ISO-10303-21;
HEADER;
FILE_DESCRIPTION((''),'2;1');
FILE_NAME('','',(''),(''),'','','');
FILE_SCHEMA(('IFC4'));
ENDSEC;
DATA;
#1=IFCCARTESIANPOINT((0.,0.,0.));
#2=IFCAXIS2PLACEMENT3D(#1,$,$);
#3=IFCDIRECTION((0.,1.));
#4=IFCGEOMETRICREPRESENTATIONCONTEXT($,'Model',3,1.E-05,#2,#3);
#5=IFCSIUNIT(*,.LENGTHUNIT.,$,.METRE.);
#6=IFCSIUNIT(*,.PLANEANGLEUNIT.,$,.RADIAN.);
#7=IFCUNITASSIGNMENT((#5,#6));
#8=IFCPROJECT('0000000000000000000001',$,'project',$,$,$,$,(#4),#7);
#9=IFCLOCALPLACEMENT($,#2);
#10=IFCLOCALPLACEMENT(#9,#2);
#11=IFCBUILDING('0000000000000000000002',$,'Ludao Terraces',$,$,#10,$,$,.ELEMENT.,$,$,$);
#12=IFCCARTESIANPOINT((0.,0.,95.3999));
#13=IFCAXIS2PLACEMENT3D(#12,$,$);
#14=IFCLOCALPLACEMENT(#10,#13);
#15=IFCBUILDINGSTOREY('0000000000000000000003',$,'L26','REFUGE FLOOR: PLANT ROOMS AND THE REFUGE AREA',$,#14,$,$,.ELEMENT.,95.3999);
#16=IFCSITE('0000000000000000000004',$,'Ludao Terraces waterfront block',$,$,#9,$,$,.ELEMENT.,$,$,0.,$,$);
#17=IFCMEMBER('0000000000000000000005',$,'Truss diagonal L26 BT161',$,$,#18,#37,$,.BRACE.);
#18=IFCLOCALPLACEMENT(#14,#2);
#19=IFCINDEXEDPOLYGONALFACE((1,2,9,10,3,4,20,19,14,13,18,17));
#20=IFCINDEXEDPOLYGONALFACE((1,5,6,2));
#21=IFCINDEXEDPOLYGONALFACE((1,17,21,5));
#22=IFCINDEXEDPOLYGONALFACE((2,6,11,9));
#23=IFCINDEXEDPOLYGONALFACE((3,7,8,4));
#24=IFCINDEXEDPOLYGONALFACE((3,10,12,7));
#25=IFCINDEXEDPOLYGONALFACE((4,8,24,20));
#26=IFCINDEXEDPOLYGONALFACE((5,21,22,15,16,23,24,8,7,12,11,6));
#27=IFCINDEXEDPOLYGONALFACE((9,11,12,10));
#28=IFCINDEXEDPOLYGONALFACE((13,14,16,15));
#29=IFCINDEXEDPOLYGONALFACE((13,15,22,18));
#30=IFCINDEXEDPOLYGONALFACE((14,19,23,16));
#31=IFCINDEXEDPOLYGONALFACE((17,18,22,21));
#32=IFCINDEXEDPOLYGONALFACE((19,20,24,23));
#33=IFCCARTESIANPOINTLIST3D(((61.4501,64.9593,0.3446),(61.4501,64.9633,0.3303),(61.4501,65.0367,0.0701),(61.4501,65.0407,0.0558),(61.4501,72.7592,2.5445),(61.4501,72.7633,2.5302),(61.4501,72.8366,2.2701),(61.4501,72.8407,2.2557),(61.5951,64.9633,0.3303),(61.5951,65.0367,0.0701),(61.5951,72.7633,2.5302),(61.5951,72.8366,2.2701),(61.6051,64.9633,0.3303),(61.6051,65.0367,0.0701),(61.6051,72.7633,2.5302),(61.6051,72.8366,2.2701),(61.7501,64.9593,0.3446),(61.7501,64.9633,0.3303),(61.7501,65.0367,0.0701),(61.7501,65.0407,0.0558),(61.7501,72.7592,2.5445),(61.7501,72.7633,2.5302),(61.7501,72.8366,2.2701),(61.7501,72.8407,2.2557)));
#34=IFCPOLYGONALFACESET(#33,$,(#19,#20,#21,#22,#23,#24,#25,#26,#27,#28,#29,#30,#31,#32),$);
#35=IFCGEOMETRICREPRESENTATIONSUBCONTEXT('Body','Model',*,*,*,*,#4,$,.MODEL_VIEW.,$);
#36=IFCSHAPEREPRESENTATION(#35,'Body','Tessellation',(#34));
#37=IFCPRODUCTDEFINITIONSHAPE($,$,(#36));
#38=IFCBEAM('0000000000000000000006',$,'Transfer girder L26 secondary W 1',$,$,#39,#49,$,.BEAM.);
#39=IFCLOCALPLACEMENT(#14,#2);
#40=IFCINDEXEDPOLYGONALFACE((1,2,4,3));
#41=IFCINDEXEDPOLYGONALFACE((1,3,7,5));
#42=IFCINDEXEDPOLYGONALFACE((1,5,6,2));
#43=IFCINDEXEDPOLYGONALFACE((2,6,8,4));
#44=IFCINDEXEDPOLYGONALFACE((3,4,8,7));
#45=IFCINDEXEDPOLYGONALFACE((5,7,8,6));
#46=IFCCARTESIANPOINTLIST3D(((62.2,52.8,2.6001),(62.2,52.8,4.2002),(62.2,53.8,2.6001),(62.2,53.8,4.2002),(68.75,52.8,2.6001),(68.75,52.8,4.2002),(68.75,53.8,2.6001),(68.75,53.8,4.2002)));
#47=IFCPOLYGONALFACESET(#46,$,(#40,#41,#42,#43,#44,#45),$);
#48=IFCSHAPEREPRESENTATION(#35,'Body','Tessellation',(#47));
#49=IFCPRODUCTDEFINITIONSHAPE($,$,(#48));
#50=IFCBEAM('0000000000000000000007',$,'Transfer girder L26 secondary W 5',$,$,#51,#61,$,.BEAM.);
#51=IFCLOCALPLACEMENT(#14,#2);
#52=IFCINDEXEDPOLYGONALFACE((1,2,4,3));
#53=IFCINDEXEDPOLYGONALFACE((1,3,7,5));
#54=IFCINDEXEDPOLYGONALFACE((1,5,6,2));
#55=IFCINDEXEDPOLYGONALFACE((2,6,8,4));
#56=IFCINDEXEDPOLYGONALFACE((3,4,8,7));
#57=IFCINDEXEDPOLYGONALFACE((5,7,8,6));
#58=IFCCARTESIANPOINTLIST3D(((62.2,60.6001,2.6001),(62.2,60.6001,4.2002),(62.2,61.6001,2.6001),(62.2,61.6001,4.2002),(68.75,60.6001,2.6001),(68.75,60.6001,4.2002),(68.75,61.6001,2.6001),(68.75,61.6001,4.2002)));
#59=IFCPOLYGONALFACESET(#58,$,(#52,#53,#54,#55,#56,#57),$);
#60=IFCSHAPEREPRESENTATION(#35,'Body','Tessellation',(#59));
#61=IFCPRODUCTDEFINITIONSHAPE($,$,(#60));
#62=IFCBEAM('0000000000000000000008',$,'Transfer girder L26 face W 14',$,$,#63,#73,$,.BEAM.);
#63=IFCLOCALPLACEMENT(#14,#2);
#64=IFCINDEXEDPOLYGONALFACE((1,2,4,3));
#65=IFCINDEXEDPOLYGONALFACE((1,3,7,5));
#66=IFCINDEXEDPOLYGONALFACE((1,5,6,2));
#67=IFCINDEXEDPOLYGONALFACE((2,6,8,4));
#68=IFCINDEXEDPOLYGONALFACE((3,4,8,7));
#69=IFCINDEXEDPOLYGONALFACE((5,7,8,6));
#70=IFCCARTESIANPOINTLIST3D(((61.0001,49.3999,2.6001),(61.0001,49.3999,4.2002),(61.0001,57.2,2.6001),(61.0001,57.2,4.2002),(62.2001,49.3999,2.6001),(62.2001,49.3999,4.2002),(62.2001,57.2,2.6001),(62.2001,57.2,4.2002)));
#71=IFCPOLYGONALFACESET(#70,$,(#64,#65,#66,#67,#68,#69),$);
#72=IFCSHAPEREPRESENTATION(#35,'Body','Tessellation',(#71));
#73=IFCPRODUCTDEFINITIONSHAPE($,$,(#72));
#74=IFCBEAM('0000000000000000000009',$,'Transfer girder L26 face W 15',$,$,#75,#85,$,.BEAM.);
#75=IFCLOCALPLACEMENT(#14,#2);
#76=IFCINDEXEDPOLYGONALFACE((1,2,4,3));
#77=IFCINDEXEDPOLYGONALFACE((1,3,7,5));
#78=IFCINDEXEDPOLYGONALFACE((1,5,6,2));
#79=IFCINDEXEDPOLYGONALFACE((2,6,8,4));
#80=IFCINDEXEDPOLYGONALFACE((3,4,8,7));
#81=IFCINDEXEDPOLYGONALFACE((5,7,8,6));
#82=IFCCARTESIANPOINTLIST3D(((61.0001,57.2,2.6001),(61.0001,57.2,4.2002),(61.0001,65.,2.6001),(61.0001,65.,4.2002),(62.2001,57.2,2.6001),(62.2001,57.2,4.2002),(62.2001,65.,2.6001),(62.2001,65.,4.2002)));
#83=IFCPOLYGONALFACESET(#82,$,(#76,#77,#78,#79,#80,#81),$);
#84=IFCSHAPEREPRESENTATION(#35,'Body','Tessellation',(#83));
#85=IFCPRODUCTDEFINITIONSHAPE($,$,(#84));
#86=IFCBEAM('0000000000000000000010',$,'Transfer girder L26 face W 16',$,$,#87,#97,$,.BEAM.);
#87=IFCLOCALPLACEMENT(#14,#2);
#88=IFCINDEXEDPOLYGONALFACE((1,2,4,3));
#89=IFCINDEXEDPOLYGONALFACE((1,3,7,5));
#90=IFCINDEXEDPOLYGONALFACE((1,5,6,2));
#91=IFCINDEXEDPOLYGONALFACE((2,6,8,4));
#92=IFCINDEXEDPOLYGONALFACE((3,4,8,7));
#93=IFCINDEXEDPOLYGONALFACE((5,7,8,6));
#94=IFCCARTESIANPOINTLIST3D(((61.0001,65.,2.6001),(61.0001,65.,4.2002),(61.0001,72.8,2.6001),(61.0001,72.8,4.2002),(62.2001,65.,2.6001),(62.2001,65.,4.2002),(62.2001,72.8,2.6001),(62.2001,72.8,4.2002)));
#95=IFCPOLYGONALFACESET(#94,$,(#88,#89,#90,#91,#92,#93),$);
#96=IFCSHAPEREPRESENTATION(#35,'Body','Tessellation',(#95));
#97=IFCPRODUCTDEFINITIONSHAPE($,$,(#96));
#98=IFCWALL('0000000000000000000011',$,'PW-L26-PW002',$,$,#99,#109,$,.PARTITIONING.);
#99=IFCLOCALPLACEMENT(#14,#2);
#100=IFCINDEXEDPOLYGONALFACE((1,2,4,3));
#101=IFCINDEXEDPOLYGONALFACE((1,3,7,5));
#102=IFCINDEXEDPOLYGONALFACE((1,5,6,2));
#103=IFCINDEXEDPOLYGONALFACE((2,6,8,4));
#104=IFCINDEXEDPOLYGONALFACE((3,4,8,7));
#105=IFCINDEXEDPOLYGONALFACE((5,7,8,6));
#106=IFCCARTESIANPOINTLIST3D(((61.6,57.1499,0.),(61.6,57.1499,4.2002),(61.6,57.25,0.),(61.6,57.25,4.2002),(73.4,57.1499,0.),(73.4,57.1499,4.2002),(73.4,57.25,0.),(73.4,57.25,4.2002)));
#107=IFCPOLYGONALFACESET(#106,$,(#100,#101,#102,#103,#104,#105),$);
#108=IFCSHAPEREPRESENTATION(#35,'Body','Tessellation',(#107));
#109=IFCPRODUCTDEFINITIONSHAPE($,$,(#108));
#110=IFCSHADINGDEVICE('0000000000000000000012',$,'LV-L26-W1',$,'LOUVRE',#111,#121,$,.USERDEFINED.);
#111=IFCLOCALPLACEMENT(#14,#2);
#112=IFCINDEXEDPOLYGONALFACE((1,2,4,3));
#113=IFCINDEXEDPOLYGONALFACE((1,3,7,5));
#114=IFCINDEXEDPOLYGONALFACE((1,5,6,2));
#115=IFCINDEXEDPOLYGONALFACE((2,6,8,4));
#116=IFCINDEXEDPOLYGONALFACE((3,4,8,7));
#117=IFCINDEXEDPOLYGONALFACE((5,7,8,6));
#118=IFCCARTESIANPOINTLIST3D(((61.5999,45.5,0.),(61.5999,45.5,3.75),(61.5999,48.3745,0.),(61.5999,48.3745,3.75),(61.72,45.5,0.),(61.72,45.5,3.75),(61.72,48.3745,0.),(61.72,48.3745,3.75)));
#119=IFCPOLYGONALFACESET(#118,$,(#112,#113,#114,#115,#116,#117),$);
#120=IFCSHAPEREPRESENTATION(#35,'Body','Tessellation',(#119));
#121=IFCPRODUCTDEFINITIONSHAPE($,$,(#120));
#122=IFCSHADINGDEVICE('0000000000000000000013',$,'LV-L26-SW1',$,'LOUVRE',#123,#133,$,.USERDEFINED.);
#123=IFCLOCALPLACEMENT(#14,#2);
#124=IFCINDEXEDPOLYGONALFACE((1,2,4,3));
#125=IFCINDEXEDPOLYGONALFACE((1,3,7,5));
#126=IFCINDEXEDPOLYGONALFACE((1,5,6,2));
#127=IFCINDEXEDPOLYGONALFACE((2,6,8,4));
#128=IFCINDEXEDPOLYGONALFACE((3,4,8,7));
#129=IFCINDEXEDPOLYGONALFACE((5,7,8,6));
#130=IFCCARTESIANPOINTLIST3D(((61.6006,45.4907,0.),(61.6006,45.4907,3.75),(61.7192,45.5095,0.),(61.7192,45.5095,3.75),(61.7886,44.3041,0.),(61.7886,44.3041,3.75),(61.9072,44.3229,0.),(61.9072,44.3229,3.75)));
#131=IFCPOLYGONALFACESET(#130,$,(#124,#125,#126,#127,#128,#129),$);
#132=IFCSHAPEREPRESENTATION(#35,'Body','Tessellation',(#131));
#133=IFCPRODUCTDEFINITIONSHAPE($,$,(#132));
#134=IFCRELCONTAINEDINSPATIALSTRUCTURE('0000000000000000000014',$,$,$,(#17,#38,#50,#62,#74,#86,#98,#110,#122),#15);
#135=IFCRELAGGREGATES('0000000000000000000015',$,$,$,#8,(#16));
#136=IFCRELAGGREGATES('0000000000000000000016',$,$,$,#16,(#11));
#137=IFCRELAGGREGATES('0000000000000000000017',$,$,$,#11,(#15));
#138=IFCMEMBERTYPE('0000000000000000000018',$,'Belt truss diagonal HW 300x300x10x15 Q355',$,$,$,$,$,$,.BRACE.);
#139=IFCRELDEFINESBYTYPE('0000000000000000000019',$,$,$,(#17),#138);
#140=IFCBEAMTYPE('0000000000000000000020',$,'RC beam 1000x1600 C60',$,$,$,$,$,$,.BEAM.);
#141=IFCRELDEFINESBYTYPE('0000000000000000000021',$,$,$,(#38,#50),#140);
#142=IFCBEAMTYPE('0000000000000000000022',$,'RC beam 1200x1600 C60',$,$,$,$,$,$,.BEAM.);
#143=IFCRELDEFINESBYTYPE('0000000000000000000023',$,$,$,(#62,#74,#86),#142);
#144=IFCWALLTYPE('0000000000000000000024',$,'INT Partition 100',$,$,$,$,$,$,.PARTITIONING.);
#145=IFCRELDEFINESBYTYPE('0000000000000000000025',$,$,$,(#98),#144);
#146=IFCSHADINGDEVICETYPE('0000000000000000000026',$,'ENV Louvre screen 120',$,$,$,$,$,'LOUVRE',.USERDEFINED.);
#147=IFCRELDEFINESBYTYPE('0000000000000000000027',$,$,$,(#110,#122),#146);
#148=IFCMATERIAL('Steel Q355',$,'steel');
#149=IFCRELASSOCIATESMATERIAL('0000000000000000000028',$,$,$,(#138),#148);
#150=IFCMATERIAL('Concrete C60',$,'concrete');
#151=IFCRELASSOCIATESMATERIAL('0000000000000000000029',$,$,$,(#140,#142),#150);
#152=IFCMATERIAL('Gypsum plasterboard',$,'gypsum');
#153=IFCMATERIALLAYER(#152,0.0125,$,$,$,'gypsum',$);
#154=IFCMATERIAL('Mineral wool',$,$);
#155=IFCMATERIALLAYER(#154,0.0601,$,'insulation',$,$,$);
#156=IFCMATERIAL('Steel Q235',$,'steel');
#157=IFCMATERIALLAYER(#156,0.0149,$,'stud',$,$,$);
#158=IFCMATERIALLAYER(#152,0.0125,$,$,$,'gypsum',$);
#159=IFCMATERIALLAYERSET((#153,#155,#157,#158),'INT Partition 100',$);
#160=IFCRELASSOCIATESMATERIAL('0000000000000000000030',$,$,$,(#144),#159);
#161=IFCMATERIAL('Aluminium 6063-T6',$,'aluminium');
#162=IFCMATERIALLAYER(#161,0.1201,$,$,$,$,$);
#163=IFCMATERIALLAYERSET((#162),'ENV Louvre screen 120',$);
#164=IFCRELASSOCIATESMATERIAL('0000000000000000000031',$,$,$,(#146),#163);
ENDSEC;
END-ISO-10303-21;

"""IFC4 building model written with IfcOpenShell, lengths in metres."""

from ifc_helpers import new_model, si_unit, direction, frame, frame_2d, origin, origin_2d, place, context, subcontext, project, spatial, rectangle, i_section, extrude, material, layer, layer_set, material_profile, profile_set, type_object, element, save


model = new_model("IFC4")

# Units and contexts
model_context = context("Model", 3, precision=1e-05, world=origin(), true_north=direction((0.0, 1.0)))
body_context = subcontext(model_context, "Body", "Model", "MODEL_VIEW")
ifc_project = project(units=[si_unit("LENGTHUNIT", "METRE"), si_unit("PLANEANGLEUNIT", "RADIAN")], contexts=[model_context])

# Site, building, storey
site_placement = place(None, origin())
site = spatial("IfcSite", under=ifc_project, at=site_placement, Name="Ludao Terraces waterfront block", CompositionType="ELEMENT", RefElevation=0.0)
building_placement = place(site_placement, origin())
building = spatial("IfcBuilding", under=site, at=building_placement, Name="Ludao Terraces", CompositionType="ELEMENT")
storey_placement = place(building_placement, frame((0.0, 0.0, 95.3999)))
storey = spatial("IfcBuildingStorey", under=building, at=storey_placement, Name="L26", Description="REFUGE FLOOR: PLANT ROOMS AND THE REFUGE AREA", CompositionType="ELEMENT", Elevation=95.3999)

# Member
ifc_material_1 = material(Name="Steel Q355", Category="steel")
ifc_material_profile_1 = material_profile(ifc_material_1, i_section(OverallWidth=0.3, OverallDepth=0.3, WebThickness=0.01, FlangeThickness=0.0149, at=origin_2d()), Name="HW 300X300X10X15")
ifc_profile_set_1 = profile_set([ifc_material_profile_1], Name="Steel Q355")
member_type_1 = type_object("IfcMemberType", Name="Belt truss diagonal HW 300x300x10x15 Q355", PredefinedType="BRACE", material=ifc_profile_set_1)
for number, where, z_axis, x_axis, name in (
    (1, (61.6001, 65.0, 0.2002), (0.0, 0.962452, 0.271453), (-1.0, 0.0, 0.0), "Truss diagonal L26 BT161"),
):
    element("IfcMember", number, at=place(storey_placement, frame(where, z_axis=z_axis, x_axis=x_axis)), inside=storey, type_object=member_type_1, Name=name, PredefinedType="BRACE", context=body_context, shape_type="SweptSolid", body=[
        extrude(i_section(OverallWidth=0.3, OverallDepth=0.3, WebThickness=0.01, FlangeThickness=0.0149, at=origin_2d()), origin(), (0.0, 0.0, 1.0), 8.1042),
    ])

# Beams
ifc_material_2 = material(Name="Concrete C60", Category="concrete")
ifc_material_profile_2 = material_profile(ifc_material_2, rectangle(XDim=1.0, YDim=1.6001, at=origin_2d()), Name="1000 X 1600")
ifc_profile_set_2 = profile_set([ifc_material_profile_2], Name="Concrete C60")
beam_type_1 = type_object("IfcBeamType", Name="RC beam 1000x1600 C60", PredefinedType="BEAM", material=ifc_profile_set_2)
for number, where, z_axis, x_axis, name in (
    (2, (62.2, 53.3, 3.4001), (1.0, 0.0, 0.0), (0.0, 1.0, 0.0), "Transfer girder L26 secondary W 1"),
    (3, (62.2, 61.1001, 3.4001), (1.0, 0.0, 0.0), (0.0, 1.0, 0.0), "Transfer girder L26 secondary W 5"),
):
    element("IfcBeam", number, at=place(storey_placement, frame(where, z_axis=z_axis, x_axis=x_axis)), inside=storey, type_object=beam_type_1, Name=name, PredefinedType="BEAM", context=body_context, shape_type="SweptSolid", body=[
        extrude(rectangle(XDim=1.0, YDim=1.6001, at=origin_2d()), origin(), (0.0, 0.0, 1.0), 6.55),
    ])
ifc_material_profile_3 = material_profile(ifc_material_2, rectangle(XDim=1.2, YDim=1.6001, at=origin_2d()), Name="1200 X 1600")
ifc_profile_set_3 = profile_set([ifc_material_profile_3], Name="Concrete C60")
beam_type_2 = type_object("IfcBeamType", Name="RC beam 1200x1600 C60", PredefinedType="BEAM", material=ifc_profile_set_3)
for number, where, z_axis, x_axis, name in (
    (4, (61.6001, 49.3999, 3.4001), (0.0, 1.0, 0.0), (-1.0, 0.0, 0.0), "Transfer girder L26 face W 14"),
    (5, (61.6001, 57.2, 3.4001), (0.0, 1.0, 0.0), (-1.0, 0.0, 0.0), "Transfer girder L26 face W 15"),
    (6, (61.6001, 65.0, 3.4001), (0.0, 1.0, 0.0), (-1.0, 0.0, 0.0), "Transfer girder L26 face W 16"),
):
    element("IfcBeam", number, at=place(storey_placement, frame(where, z_axis=z_axis, x_axis=x_axis)), inside=storey, type_object=beam_type_2, Name=name, PredefinedType="BEAM", context=body_context, shape_type="SweptSolid", body=[
        extrude(rectangle(XDim=1.2, YDim=1.6001, at=origin_2d()), origin(), (0.0, 0.0, 1.0), 7.8),
    ])

# Wall
ifc_material_3 = material(Name="Gypsum plasterboard", Category="gypsum")
ifc_layer_1 = layer(ifc_material_3, 0.0125, Category="gypsum")
ifc_material_4 = material(Name="Mineral wool")
ifc_layer_2 = layer(ifc_material_4, 0.0601, Name="insulation")
ifc_material_5 = material(Name="Steel Q235", Category="steel")
ifc_layer_3 = layer(ifc_material_5, 0.0149, Name="stud")
ifc_layer_4 = layer(ifc_material_3, 0.0125, Category="gypsum")
ifc_layer_set_1 = layer_set([ifc_layer_1, ifc_layer_2, ifc_layer_3, ifc_layer_4], Name="INT Partition 100")
wall_type = type_object("IfcWallType", Name="INT Partition 100", PredefinedType="PARTITIONING", material=ifc_layer_set_1)
wall_placement = place(storey_placement, frame((61.6001, 57.2, 0.0), z_axis=(0.0, 0.0, 1.0), x_axis=(1.0, 0.0, 0.0)))
element("IfcWall", 7, at=wall_placement, inside=storey, type_object=wall_type, Name="PW-L26-PW002", PredefinedType="PARTITIONING", context=body_context, shape_type="SweptSolid", body=[
    extrude(rectangle(XDim=11.8, YDim=0.1001, at=frame_2d((5.8999, 0.0))), origin(), (0.0, 0.0, 1.0), 4.2002),
])

# Shading devices
ifc_material_6 = material(Name="Aluminium 6063-T6", Category="aluminium")
ifc_layer_5 = layer(ifc_material_6, 0.1201)
ifc_layer_set_2 = layer_set([ifc_layer_5], Name="ENV Louvre screen 120")
shading_device_type = type_object("IfcShadingDeviceType", Name="ENV Louvre screen 120", ElementType="LOUVRE", PredefinedType="USERDEFINED", material=ifc_layer_set_2)
shading_device_1_placement = place(storey_placement, frame((61.6599, 45.5, 0.0), z_axis=(0.0, 0.0, 1.0), x_axis=(0.0, 1.0, 0.0)))
element("IfcShadingDevice", 8, at=shading_device_1_placement, inside=storey, type_object=shading_device_type, Name="LV-L26-W1", ObjectType="LOUVRE", PredefinedType="USERDEFINED", context=body_context, shape_type="SweptSolid", body=[
    extrude(rectangle(XDim=2.8745, YDim=0.1201, at=frame_2d((1.4373, 0.0))), origin(), (0.0, 0.0, 1.0), 3.75),
])
shading_device_2_placement = place(storey_placement, frame((61.6599, 45.5, 0.0), z_axis=(0.0, 0.0, 1.0), x_axis=(0.156484, -0.98768, 0.0)))
element("IfcShadingDevice", 9, at=shading_device_2_placement, inside=storey, type_object=shading_device_type, Name="LV-L26-SW1", ObjectType="LOUVRE", PredefinedType="USERDEFINED", context=body_context, shape_type="SweptSolid", body=[
    extrude(rectangle(XDim=1.2014, YDim=0.1201, at=frame_2d((0.6006, 0.0))), origin(), (0.0, 0.0, 1.0), 3.75),
])

save(model, "model.ifc")
